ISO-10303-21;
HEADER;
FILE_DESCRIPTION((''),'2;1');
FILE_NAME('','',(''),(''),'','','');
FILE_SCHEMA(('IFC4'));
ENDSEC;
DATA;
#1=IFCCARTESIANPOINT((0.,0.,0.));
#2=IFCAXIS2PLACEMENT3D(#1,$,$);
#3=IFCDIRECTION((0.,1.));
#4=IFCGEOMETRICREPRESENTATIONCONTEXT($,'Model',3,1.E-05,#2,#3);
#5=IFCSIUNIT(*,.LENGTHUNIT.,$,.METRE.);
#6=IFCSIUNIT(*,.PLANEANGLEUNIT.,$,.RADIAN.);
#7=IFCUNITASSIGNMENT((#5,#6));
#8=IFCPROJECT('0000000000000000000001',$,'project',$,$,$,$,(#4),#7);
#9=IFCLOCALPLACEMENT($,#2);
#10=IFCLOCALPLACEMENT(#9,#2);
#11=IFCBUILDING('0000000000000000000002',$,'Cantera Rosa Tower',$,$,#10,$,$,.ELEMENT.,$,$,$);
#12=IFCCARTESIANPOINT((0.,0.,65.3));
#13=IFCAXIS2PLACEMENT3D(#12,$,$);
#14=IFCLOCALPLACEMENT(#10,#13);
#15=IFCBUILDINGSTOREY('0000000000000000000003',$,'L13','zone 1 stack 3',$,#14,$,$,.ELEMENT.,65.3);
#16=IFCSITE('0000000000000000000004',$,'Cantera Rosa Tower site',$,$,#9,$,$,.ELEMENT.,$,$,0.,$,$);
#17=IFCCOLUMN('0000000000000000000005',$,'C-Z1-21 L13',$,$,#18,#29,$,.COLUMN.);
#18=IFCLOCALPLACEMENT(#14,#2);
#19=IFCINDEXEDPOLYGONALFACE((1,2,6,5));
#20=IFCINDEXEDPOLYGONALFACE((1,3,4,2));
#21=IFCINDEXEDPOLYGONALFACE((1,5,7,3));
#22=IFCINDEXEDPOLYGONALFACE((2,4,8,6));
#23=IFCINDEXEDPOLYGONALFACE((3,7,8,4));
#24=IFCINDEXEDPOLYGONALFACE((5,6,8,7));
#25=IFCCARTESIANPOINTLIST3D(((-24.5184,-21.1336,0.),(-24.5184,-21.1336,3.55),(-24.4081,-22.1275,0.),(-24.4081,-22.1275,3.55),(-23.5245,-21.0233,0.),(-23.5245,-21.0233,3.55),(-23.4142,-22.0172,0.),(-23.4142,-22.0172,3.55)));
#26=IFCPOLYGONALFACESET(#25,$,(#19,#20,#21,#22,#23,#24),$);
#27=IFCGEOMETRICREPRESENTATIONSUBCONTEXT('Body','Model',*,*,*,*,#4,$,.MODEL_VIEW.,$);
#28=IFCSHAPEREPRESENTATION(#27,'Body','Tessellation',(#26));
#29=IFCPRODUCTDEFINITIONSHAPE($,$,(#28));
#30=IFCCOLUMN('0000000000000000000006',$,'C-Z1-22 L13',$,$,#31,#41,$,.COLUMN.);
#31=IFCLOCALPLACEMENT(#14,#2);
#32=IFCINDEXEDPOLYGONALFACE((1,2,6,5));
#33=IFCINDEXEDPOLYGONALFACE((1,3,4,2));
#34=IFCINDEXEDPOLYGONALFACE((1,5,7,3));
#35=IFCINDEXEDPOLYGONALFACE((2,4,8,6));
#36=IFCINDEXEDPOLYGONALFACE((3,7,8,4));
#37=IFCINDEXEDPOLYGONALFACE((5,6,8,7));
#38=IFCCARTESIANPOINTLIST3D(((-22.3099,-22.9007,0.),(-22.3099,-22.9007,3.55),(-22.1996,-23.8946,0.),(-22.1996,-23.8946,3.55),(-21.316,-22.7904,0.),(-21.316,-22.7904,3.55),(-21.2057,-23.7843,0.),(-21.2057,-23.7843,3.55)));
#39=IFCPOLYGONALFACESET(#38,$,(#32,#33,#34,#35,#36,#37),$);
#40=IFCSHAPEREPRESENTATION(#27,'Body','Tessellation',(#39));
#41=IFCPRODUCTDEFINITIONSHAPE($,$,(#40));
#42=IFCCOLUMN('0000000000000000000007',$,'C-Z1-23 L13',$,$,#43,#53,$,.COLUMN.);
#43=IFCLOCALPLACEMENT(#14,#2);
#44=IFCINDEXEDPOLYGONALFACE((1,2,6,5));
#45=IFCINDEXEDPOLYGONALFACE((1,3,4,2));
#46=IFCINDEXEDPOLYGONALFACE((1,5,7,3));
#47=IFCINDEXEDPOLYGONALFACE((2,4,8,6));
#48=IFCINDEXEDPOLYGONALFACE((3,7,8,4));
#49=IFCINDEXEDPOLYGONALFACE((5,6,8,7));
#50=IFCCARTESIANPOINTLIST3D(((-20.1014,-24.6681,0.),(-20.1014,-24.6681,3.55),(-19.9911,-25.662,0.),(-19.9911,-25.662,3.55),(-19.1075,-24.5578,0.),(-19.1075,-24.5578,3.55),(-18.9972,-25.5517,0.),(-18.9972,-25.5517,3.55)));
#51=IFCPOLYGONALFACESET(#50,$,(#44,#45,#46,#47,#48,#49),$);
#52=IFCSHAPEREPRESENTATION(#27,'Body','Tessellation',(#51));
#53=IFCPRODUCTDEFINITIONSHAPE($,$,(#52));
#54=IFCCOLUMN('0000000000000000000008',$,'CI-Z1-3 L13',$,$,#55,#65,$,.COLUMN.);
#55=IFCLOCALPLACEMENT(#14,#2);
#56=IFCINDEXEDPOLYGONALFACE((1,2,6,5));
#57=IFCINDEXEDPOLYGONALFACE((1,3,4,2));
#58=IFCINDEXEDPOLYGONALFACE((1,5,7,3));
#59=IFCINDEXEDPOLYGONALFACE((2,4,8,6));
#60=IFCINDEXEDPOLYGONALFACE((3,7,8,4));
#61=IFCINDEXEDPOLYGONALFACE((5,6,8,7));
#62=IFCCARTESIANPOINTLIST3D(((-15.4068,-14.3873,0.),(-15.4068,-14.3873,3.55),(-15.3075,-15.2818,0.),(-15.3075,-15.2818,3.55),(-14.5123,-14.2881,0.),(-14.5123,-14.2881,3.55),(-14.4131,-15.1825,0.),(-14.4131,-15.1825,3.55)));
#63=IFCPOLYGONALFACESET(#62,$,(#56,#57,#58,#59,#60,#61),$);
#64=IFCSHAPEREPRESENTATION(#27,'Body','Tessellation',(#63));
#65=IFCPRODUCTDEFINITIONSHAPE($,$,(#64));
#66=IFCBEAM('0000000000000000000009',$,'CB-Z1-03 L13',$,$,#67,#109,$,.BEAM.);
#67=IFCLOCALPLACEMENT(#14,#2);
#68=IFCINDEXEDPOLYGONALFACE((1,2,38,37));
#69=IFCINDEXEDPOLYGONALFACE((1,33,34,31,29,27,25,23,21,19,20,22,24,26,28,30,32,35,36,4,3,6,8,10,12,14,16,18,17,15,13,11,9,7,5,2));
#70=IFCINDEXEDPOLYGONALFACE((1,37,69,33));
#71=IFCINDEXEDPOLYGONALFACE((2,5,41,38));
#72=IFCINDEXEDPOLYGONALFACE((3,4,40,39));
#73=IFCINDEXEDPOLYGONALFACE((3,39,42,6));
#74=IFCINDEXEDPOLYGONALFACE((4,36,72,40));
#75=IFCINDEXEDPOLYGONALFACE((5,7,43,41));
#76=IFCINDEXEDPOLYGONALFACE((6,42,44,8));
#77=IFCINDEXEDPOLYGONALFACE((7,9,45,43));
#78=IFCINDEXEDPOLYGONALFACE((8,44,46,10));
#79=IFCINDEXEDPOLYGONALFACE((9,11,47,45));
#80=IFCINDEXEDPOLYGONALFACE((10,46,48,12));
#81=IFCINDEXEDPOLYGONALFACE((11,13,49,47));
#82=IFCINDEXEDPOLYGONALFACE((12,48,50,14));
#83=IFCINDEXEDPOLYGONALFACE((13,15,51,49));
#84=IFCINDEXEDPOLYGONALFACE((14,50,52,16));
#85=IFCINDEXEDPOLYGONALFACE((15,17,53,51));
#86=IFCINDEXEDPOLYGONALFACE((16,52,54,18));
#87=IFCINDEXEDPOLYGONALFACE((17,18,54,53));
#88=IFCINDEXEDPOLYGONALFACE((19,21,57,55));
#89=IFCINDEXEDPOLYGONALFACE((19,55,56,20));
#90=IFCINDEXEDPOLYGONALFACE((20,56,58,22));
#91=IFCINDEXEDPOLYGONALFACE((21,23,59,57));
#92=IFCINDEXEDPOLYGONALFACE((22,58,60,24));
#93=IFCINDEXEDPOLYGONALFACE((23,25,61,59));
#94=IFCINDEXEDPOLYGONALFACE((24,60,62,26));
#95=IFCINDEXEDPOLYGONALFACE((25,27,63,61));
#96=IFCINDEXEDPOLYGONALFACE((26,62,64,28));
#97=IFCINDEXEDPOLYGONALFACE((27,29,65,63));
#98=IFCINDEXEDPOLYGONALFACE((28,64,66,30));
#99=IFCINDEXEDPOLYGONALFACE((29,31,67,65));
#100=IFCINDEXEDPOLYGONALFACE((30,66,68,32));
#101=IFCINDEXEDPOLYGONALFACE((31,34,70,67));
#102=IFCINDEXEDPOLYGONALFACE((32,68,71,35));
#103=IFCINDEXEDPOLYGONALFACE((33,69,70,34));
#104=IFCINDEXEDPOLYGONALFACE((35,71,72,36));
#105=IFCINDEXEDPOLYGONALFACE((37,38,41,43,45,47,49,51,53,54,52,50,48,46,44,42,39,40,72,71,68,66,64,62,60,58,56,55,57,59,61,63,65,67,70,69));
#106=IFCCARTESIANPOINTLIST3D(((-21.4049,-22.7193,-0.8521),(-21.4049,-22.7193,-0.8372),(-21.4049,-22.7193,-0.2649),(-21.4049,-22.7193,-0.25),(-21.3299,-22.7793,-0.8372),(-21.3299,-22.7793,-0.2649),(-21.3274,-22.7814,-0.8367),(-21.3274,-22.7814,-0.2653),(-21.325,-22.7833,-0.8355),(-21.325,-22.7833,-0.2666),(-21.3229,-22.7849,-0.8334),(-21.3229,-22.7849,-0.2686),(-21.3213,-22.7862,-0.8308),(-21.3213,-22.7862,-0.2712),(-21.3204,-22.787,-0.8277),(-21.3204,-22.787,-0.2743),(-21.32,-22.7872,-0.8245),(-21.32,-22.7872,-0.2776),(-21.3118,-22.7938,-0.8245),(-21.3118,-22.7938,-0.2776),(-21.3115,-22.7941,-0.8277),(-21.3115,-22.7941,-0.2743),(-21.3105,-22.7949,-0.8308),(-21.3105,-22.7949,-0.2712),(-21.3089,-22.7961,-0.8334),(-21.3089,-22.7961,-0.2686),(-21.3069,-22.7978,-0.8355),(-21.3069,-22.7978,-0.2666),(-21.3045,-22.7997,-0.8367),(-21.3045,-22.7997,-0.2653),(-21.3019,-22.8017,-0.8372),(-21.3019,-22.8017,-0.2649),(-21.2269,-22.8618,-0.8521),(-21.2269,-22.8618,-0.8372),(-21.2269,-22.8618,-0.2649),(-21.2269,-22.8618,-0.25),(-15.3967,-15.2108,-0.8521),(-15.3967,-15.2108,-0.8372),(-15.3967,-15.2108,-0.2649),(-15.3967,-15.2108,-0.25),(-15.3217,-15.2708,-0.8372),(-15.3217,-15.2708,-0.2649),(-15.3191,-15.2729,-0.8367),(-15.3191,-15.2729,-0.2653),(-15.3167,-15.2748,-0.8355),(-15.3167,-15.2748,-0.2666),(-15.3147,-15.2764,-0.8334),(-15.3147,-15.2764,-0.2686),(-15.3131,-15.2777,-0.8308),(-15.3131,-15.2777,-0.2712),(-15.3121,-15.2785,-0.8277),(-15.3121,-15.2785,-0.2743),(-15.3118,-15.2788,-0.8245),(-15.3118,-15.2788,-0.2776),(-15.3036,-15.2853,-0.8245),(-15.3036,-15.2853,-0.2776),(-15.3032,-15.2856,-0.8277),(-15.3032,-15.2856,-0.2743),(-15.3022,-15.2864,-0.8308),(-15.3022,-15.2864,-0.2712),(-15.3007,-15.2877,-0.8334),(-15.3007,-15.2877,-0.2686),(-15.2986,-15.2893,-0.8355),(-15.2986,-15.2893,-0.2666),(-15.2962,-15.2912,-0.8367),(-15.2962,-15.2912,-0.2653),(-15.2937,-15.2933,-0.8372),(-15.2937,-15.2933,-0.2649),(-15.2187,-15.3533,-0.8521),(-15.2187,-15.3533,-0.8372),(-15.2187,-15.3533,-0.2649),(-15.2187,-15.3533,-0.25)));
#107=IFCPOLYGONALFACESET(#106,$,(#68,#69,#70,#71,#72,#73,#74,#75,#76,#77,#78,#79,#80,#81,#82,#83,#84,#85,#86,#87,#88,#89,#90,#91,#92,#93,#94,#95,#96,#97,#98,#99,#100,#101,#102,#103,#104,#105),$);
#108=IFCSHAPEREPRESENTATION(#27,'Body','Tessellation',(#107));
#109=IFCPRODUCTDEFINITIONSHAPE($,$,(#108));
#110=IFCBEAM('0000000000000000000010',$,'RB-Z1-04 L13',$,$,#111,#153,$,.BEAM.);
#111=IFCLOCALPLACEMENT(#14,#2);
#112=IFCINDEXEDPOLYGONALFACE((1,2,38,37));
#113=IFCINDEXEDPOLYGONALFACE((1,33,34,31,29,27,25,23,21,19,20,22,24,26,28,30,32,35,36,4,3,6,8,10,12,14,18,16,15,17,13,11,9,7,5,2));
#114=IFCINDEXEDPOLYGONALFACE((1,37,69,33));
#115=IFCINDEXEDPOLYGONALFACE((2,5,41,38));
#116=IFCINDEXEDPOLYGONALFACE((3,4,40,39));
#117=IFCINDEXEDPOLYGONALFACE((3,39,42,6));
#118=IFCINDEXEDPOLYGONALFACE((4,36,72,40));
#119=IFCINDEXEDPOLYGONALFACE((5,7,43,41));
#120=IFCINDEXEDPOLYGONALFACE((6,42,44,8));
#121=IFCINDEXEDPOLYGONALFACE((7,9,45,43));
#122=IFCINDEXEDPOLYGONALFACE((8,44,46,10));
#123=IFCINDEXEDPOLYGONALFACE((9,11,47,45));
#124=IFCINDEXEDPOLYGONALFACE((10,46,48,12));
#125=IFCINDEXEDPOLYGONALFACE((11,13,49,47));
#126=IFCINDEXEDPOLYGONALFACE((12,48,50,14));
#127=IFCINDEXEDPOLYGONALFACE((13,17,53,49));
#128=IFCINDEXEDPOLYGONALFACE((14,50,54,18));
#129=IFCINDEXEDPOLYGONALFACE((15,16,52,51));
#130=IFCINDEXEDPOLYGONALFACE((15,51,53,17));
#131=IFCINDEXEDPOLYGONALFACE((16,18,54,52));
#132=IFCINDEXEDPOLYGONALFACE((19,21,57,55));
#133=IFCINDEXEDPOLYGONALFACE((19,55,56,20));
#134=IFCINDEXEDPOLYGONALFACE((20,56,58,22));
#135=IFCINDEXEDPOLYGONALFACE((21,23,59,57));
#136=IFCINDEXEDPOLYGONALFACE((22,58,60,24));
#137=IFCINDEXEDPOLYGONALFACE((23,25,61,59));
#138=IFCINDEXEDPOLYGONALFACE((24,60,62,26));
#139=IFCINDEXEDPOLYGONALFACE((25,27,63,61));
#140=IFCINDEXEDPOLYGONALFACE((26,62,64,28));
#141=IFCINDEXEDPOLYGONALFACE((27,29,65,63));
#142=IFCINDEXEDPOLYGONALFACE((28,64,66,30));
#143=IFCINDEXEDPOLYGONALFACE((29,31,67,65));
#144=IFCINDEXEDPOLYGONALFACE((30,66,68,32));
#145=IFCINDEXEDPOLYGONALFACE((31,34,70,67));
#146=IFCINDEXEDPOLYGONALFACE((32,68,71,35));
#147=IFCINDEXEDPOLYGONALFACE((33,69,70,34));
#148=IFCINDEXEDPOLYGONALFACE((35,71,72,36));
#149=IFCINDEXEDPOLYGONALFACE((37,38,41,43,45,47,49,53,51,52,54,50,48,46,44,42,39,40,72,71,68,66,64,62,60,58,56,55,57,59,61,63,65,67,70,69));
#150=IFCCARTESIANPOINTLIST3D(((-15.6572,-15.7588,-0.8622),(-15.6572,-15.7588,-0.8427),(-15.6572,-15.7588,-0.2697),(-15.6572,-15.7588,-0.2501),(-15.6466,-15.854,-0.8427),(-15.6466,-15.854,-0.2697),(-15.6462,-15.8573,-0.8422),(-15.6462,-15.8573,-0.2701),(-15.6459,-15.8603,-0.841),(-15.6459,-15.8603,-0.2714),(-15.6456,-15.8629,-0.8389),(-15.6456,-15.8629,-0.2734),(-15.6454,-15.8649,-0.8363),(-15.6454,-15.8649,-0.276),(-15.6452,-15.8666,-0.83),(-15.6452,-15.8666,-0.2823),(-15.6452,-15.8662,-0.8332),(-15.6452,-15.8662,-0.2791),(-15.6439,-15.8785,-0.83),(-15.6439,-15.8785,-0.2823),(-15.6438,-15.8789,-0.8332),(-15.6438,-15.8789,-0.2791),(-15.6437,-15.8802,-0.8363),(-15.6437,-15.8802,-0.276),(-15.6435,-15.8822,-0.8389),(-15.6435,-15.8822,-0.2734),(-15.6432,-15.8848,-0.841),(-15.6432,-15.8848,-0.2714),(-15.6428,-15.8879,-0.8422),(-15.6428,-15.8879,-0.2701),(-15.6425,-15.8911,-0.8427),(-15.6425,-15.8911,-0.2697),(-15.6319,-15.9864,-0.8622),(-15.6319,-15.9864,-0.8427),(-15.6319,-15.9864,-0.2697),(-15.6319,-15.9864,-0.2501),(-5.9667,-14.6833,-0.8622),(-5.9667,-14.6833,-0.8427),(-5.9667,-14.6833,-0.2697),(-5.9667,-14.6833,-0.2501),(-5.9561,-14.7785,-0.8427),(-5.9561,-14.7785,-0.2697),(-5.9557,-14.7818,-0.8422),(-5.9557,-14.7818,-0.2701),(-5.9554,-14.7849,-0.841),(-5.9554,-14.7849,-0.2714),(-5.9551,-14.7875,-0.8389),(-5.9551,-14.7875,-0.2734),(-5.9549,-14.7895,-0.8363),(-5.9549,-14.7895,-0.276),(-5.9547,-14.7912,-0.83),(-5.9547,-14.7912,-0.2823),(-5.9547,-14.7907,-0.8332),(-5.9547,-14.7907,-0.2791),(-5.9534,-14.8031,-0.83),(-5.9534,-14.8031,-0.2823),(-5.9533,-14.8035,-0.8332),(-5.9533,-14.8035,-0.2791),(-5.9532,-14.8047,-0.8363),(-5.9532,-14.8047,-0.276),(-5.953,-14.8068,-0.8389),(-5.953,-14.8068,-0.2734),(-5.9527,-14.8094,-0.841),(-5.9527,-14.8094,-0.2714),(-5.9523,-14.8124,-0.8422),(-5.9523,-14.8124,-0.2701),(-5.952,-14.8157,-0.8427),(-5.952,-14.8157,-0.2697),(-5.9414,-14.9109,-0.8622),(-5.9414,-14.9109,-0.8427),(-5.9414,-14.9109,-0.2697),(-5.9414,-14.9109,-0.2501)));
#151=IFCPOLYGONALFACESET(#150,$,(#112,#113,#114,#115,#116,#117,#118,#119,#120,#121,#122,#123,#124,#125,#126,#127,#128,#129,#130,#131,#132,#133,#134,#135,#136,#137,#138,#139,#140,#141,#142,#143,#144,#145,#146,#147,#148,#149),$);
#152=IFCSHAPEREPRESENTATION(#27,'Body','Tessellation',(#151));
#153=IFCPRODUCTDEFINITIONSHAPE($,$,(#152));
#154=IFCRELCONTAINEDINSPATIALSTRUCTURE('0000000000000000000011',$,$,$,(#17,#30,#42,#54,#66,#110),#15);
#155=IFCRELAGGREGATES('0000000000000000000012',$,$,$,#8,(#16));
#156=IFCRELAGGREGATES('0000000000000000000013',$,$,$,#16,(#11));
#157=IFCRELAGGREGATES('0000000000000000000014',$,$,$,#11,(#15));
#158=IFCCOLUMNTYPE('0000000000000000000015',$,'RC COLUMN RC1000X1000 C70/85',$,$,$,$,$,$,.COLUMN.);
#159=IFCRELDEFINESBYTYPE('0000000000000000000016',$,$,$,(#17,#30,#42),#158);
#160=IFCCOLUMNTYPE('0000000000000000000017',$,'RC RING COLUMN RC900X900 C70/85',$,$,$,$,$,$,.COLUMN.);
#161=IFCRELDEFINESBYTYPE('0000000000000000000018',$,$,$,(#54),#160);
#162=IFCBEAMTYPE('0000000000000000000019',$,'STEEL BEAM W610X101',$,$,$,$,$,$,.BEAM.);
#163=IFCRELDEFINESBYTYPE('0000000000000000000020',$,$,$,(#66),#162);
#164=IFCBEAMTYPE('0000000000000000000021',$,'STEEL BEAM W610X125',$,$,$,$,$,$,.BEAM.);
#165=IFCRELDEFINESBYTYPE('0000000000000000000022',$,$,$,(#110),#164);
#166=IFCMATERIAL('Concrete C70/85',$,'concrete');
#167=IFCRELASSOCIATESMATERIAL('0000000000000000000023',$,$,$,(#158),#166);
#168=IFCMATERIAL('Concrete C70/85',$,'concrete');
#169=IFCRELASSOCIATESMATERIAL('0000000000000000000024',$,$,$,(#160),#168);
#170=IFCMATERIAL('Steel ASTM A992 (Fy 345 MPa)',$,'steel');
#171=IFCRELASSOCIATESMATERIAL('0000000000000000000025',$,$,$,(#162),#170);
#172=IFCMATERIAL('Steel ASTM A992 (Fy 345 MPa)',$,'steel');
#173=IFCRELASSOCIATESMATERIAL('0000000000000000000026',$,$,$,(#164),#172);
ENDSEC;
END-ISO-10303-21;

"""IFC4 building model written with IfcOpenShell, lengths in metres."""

from ifc_helpers import new_model, si_unit, direction, frame, origin, origin_2d, place, context, subcontext, project, spatial, rectangle, i_section, extrude, material, material_profile, profile_set, type_object, element, save


model = new_model("IFC4")

# Units and contexts
model_context = context("Model", 3, precision=1e-05, world=origin(), true_north=direction((0.0, 1.0)))
body_context = subcontext(model_context, "Body", "Model", "MODEL_VIEW")
ifc_project = project(units=[si_unit("LENGTHUNIT", "METRE"), si_unit("PLANEANGLEUNIT", "RADIAN")], contexts=[model_context])

# Site, building, storey
site_placement = place(None, origin())
site = spatial("IfcSite", under=ifc_project, at=site_placement, Name="Cantera Rosa Tower site", CompositionType="ELEMENT", RefElevation=0.0)
building_placement = place(site_placement, origin())
building = spatial("IfcBuilding", under=site, at=building_placement, Name="Cantera Rosa Tower", CompositionType="ELEMENT")
storey_placement = place(building_placement, frame((0.0, 0.0, 65.3)))
storey = spatial("IfcBuildingStorey", under=building, at=storey_placement, Name="L13", Description="zone 1 stack 3", CompositionType="ELEMENT", Elevation=65.3)

# Columns
ifc_material_1 = material(Name="Concrete C70/85", Category="concrete")
ifc_material_profile_1 = material_profile(ifc_material_1, rectangle(XDim=1.0, YDim=1.0, at=origin_2d()), Name="RC COLUMN RC1000X1000 C70/85")
ifc_profile_set_1 = profile_set([ifc_material_profile_1], Name="Concrete C70/85")
column_type_1 = type_object("IfcColumnType", Name="RC COLUMN RC1000X1000 C70/85", PredefinedType="COLUMN", material=ifc_profile_set_1)
for number, where, z_axis, x_axis, name in (
    (1, (-23.9663, -21.5754, 0.0), (0.0, 0.0, 1.0), (0.993897, 0.110313, 0.0), "C-Z1-21 L13"),
    (2, (-21.7578, -23.3425, 0.0), (0.0, 0.0, 1.0), (0.993897, 0.110313, 0.0), "C-Z1-22 L13"),
    (3, (-19.5493, -25.1099, 0.0), (0.0, 0.0, 1.0), (0.993897, 0.110313, 0.0), "C-Z1-23 L13"),
):
    element("IfcColumn", number, at=place(storey_placement, frame(where, z_axis=z_axis, x_axis=x_axis)), inside=storey, type_object=column_type_1, Name=name, PredefinedType="COLUMN", context=body_context, shape_type="SweptSolid", body=[
        extrude(rectangle(XDim=1.0, YDim=1.0, at=origin_2d()), origin(), (0.0, 0.0, 1.0), 3.55),
    ])
ifc_material_2 = material(Name="Concrete C70/85", Category="concrete")
ifc_material_profile_2 = material_profile(ifc_material_2, rectangle(XDim=0.8999, YDim=0.8999, at=origin_2d()), Name="RC RING COLUMN RC900X900 C70/85")
ifc_profile_set_2 = profile_set([ifc_material_profile_2], Name="Concrete C70/85")
column_type_2 = type_object("IfcColumnType", Name="RC RING COLUMN RC900X900 C70/85", PredefinedType="COLUMN", material=ifc_profile_set_2)
column_placement = place(storey_placement, frame((-14.9099, -14.7849, 0.0), z_axis=(0.0, 0.0, 1.0), x_axis=(0.993897, 0.110313, 0.0)))
element("IfcColumn", 4, at=column_placement, inside=storey, type_object=column_type_2, Name="CI-Z1-3 L13", PredefinedType="COLUMN", context=body_context, shape_type="SweptSolid", body=[
    extrude(rectangle(XDim=0.8999, YDim=0.8999, at=origin_2d()), origin(), (0.0, 0.0, 1.0), 3.55),
])

# Beams
ifc_material_3 = material(Name="Steel ASTM A992 (Fy 345 MPa)", Category="steel")
ifc_material_profile_3 = material_profile(ifc_material_3, i_section(OverallWidth=0.228, OverallDepth=0.6021, WebThickness=0.0105, FlangeThickness=0.0149, FilletRadius=0.0127, at=origin_2d()), Name="W610X101")
ifc_profile_set_3 = profile_set([ifc_material_profile_3], Name="Steel ASTM A992 (Fy 345 MPa)")
beam_type_1 = type_object("IfcBeamType", Name="STEEL BEAM W610X101", PredefinedType="BEAM", material=ifc_profile_set_3)
beam_1_placement = place(storey_placement, frame((-21.3159, -22.7905, -0.551), z_axis=(0.624788, 0.780794, 0.0), x_axis=(-0.780794, 0.624788, 0.0)))
element("IfcBeam", 5, at=beam_1_placement, inside=storey, type_object=beam_type_1, Name="CB-Z1-03 L13", PredefinedType="BEAM", context=body_context, shape_type="SweptSolid", body=[
    extrude(i_section(OverallWidth=0.228, OverallDepth=0.6021, WebThickness=0.0105, FlangeThickness=0.0149, FilletRadius=0.0127, at=origin_2d()), origin(), (0.0, 0.0, 1.0), 9.6165),
])
ifc_material_4 = material(Name="Steel ASTM A992 (Fy 345 MPa)", Category="steel")
ifc_material_profile_4 = material_profile(ifc_material_4, i_section(OverallWidth=0.229, OverallDepth=0.6121, WebThickness=0.012, FlangeThickness=0.0195, FilletRadius=0.0127, at=origin_2d()), Name="W610X125")
ifc_profile_set_4 = profile_set([ifc_material_profile_4], Name="Steel ASTM A992 (Fy 345 MPa)")
beam_type_2 = type_object("IfcBeamType", Name="STEEL BEAM W610X125", PredefinedType="BEAM", material=ifc_profile_set_4)
beam_2_placement = place(storey_placement, frame((-15.6445, -15.8726, -0.5562), z_axis=(0.993898, 0.110302, 0.0), x_axis=(-0.110302, 0.993898, 0.0)))
element("IfcBeam", 6, at=beam_2_placement, inside=storey, type_object=beam_type_2, Name="RB-Z1-04 L13", PredefinedType="BEAM", context=body_context, shape_type="SweptSolid", body=[
    extrude(i_section(OverallWidth=0.229, OverallDepth=0.6121, WebThickness=0.012, FlangeThickness=0.0195, FilletRadius=0.0127, at=origin_2d()), origin(), (0.0, 0.0, 1.0), 9.75),
])

save(model, "model.ifc")
